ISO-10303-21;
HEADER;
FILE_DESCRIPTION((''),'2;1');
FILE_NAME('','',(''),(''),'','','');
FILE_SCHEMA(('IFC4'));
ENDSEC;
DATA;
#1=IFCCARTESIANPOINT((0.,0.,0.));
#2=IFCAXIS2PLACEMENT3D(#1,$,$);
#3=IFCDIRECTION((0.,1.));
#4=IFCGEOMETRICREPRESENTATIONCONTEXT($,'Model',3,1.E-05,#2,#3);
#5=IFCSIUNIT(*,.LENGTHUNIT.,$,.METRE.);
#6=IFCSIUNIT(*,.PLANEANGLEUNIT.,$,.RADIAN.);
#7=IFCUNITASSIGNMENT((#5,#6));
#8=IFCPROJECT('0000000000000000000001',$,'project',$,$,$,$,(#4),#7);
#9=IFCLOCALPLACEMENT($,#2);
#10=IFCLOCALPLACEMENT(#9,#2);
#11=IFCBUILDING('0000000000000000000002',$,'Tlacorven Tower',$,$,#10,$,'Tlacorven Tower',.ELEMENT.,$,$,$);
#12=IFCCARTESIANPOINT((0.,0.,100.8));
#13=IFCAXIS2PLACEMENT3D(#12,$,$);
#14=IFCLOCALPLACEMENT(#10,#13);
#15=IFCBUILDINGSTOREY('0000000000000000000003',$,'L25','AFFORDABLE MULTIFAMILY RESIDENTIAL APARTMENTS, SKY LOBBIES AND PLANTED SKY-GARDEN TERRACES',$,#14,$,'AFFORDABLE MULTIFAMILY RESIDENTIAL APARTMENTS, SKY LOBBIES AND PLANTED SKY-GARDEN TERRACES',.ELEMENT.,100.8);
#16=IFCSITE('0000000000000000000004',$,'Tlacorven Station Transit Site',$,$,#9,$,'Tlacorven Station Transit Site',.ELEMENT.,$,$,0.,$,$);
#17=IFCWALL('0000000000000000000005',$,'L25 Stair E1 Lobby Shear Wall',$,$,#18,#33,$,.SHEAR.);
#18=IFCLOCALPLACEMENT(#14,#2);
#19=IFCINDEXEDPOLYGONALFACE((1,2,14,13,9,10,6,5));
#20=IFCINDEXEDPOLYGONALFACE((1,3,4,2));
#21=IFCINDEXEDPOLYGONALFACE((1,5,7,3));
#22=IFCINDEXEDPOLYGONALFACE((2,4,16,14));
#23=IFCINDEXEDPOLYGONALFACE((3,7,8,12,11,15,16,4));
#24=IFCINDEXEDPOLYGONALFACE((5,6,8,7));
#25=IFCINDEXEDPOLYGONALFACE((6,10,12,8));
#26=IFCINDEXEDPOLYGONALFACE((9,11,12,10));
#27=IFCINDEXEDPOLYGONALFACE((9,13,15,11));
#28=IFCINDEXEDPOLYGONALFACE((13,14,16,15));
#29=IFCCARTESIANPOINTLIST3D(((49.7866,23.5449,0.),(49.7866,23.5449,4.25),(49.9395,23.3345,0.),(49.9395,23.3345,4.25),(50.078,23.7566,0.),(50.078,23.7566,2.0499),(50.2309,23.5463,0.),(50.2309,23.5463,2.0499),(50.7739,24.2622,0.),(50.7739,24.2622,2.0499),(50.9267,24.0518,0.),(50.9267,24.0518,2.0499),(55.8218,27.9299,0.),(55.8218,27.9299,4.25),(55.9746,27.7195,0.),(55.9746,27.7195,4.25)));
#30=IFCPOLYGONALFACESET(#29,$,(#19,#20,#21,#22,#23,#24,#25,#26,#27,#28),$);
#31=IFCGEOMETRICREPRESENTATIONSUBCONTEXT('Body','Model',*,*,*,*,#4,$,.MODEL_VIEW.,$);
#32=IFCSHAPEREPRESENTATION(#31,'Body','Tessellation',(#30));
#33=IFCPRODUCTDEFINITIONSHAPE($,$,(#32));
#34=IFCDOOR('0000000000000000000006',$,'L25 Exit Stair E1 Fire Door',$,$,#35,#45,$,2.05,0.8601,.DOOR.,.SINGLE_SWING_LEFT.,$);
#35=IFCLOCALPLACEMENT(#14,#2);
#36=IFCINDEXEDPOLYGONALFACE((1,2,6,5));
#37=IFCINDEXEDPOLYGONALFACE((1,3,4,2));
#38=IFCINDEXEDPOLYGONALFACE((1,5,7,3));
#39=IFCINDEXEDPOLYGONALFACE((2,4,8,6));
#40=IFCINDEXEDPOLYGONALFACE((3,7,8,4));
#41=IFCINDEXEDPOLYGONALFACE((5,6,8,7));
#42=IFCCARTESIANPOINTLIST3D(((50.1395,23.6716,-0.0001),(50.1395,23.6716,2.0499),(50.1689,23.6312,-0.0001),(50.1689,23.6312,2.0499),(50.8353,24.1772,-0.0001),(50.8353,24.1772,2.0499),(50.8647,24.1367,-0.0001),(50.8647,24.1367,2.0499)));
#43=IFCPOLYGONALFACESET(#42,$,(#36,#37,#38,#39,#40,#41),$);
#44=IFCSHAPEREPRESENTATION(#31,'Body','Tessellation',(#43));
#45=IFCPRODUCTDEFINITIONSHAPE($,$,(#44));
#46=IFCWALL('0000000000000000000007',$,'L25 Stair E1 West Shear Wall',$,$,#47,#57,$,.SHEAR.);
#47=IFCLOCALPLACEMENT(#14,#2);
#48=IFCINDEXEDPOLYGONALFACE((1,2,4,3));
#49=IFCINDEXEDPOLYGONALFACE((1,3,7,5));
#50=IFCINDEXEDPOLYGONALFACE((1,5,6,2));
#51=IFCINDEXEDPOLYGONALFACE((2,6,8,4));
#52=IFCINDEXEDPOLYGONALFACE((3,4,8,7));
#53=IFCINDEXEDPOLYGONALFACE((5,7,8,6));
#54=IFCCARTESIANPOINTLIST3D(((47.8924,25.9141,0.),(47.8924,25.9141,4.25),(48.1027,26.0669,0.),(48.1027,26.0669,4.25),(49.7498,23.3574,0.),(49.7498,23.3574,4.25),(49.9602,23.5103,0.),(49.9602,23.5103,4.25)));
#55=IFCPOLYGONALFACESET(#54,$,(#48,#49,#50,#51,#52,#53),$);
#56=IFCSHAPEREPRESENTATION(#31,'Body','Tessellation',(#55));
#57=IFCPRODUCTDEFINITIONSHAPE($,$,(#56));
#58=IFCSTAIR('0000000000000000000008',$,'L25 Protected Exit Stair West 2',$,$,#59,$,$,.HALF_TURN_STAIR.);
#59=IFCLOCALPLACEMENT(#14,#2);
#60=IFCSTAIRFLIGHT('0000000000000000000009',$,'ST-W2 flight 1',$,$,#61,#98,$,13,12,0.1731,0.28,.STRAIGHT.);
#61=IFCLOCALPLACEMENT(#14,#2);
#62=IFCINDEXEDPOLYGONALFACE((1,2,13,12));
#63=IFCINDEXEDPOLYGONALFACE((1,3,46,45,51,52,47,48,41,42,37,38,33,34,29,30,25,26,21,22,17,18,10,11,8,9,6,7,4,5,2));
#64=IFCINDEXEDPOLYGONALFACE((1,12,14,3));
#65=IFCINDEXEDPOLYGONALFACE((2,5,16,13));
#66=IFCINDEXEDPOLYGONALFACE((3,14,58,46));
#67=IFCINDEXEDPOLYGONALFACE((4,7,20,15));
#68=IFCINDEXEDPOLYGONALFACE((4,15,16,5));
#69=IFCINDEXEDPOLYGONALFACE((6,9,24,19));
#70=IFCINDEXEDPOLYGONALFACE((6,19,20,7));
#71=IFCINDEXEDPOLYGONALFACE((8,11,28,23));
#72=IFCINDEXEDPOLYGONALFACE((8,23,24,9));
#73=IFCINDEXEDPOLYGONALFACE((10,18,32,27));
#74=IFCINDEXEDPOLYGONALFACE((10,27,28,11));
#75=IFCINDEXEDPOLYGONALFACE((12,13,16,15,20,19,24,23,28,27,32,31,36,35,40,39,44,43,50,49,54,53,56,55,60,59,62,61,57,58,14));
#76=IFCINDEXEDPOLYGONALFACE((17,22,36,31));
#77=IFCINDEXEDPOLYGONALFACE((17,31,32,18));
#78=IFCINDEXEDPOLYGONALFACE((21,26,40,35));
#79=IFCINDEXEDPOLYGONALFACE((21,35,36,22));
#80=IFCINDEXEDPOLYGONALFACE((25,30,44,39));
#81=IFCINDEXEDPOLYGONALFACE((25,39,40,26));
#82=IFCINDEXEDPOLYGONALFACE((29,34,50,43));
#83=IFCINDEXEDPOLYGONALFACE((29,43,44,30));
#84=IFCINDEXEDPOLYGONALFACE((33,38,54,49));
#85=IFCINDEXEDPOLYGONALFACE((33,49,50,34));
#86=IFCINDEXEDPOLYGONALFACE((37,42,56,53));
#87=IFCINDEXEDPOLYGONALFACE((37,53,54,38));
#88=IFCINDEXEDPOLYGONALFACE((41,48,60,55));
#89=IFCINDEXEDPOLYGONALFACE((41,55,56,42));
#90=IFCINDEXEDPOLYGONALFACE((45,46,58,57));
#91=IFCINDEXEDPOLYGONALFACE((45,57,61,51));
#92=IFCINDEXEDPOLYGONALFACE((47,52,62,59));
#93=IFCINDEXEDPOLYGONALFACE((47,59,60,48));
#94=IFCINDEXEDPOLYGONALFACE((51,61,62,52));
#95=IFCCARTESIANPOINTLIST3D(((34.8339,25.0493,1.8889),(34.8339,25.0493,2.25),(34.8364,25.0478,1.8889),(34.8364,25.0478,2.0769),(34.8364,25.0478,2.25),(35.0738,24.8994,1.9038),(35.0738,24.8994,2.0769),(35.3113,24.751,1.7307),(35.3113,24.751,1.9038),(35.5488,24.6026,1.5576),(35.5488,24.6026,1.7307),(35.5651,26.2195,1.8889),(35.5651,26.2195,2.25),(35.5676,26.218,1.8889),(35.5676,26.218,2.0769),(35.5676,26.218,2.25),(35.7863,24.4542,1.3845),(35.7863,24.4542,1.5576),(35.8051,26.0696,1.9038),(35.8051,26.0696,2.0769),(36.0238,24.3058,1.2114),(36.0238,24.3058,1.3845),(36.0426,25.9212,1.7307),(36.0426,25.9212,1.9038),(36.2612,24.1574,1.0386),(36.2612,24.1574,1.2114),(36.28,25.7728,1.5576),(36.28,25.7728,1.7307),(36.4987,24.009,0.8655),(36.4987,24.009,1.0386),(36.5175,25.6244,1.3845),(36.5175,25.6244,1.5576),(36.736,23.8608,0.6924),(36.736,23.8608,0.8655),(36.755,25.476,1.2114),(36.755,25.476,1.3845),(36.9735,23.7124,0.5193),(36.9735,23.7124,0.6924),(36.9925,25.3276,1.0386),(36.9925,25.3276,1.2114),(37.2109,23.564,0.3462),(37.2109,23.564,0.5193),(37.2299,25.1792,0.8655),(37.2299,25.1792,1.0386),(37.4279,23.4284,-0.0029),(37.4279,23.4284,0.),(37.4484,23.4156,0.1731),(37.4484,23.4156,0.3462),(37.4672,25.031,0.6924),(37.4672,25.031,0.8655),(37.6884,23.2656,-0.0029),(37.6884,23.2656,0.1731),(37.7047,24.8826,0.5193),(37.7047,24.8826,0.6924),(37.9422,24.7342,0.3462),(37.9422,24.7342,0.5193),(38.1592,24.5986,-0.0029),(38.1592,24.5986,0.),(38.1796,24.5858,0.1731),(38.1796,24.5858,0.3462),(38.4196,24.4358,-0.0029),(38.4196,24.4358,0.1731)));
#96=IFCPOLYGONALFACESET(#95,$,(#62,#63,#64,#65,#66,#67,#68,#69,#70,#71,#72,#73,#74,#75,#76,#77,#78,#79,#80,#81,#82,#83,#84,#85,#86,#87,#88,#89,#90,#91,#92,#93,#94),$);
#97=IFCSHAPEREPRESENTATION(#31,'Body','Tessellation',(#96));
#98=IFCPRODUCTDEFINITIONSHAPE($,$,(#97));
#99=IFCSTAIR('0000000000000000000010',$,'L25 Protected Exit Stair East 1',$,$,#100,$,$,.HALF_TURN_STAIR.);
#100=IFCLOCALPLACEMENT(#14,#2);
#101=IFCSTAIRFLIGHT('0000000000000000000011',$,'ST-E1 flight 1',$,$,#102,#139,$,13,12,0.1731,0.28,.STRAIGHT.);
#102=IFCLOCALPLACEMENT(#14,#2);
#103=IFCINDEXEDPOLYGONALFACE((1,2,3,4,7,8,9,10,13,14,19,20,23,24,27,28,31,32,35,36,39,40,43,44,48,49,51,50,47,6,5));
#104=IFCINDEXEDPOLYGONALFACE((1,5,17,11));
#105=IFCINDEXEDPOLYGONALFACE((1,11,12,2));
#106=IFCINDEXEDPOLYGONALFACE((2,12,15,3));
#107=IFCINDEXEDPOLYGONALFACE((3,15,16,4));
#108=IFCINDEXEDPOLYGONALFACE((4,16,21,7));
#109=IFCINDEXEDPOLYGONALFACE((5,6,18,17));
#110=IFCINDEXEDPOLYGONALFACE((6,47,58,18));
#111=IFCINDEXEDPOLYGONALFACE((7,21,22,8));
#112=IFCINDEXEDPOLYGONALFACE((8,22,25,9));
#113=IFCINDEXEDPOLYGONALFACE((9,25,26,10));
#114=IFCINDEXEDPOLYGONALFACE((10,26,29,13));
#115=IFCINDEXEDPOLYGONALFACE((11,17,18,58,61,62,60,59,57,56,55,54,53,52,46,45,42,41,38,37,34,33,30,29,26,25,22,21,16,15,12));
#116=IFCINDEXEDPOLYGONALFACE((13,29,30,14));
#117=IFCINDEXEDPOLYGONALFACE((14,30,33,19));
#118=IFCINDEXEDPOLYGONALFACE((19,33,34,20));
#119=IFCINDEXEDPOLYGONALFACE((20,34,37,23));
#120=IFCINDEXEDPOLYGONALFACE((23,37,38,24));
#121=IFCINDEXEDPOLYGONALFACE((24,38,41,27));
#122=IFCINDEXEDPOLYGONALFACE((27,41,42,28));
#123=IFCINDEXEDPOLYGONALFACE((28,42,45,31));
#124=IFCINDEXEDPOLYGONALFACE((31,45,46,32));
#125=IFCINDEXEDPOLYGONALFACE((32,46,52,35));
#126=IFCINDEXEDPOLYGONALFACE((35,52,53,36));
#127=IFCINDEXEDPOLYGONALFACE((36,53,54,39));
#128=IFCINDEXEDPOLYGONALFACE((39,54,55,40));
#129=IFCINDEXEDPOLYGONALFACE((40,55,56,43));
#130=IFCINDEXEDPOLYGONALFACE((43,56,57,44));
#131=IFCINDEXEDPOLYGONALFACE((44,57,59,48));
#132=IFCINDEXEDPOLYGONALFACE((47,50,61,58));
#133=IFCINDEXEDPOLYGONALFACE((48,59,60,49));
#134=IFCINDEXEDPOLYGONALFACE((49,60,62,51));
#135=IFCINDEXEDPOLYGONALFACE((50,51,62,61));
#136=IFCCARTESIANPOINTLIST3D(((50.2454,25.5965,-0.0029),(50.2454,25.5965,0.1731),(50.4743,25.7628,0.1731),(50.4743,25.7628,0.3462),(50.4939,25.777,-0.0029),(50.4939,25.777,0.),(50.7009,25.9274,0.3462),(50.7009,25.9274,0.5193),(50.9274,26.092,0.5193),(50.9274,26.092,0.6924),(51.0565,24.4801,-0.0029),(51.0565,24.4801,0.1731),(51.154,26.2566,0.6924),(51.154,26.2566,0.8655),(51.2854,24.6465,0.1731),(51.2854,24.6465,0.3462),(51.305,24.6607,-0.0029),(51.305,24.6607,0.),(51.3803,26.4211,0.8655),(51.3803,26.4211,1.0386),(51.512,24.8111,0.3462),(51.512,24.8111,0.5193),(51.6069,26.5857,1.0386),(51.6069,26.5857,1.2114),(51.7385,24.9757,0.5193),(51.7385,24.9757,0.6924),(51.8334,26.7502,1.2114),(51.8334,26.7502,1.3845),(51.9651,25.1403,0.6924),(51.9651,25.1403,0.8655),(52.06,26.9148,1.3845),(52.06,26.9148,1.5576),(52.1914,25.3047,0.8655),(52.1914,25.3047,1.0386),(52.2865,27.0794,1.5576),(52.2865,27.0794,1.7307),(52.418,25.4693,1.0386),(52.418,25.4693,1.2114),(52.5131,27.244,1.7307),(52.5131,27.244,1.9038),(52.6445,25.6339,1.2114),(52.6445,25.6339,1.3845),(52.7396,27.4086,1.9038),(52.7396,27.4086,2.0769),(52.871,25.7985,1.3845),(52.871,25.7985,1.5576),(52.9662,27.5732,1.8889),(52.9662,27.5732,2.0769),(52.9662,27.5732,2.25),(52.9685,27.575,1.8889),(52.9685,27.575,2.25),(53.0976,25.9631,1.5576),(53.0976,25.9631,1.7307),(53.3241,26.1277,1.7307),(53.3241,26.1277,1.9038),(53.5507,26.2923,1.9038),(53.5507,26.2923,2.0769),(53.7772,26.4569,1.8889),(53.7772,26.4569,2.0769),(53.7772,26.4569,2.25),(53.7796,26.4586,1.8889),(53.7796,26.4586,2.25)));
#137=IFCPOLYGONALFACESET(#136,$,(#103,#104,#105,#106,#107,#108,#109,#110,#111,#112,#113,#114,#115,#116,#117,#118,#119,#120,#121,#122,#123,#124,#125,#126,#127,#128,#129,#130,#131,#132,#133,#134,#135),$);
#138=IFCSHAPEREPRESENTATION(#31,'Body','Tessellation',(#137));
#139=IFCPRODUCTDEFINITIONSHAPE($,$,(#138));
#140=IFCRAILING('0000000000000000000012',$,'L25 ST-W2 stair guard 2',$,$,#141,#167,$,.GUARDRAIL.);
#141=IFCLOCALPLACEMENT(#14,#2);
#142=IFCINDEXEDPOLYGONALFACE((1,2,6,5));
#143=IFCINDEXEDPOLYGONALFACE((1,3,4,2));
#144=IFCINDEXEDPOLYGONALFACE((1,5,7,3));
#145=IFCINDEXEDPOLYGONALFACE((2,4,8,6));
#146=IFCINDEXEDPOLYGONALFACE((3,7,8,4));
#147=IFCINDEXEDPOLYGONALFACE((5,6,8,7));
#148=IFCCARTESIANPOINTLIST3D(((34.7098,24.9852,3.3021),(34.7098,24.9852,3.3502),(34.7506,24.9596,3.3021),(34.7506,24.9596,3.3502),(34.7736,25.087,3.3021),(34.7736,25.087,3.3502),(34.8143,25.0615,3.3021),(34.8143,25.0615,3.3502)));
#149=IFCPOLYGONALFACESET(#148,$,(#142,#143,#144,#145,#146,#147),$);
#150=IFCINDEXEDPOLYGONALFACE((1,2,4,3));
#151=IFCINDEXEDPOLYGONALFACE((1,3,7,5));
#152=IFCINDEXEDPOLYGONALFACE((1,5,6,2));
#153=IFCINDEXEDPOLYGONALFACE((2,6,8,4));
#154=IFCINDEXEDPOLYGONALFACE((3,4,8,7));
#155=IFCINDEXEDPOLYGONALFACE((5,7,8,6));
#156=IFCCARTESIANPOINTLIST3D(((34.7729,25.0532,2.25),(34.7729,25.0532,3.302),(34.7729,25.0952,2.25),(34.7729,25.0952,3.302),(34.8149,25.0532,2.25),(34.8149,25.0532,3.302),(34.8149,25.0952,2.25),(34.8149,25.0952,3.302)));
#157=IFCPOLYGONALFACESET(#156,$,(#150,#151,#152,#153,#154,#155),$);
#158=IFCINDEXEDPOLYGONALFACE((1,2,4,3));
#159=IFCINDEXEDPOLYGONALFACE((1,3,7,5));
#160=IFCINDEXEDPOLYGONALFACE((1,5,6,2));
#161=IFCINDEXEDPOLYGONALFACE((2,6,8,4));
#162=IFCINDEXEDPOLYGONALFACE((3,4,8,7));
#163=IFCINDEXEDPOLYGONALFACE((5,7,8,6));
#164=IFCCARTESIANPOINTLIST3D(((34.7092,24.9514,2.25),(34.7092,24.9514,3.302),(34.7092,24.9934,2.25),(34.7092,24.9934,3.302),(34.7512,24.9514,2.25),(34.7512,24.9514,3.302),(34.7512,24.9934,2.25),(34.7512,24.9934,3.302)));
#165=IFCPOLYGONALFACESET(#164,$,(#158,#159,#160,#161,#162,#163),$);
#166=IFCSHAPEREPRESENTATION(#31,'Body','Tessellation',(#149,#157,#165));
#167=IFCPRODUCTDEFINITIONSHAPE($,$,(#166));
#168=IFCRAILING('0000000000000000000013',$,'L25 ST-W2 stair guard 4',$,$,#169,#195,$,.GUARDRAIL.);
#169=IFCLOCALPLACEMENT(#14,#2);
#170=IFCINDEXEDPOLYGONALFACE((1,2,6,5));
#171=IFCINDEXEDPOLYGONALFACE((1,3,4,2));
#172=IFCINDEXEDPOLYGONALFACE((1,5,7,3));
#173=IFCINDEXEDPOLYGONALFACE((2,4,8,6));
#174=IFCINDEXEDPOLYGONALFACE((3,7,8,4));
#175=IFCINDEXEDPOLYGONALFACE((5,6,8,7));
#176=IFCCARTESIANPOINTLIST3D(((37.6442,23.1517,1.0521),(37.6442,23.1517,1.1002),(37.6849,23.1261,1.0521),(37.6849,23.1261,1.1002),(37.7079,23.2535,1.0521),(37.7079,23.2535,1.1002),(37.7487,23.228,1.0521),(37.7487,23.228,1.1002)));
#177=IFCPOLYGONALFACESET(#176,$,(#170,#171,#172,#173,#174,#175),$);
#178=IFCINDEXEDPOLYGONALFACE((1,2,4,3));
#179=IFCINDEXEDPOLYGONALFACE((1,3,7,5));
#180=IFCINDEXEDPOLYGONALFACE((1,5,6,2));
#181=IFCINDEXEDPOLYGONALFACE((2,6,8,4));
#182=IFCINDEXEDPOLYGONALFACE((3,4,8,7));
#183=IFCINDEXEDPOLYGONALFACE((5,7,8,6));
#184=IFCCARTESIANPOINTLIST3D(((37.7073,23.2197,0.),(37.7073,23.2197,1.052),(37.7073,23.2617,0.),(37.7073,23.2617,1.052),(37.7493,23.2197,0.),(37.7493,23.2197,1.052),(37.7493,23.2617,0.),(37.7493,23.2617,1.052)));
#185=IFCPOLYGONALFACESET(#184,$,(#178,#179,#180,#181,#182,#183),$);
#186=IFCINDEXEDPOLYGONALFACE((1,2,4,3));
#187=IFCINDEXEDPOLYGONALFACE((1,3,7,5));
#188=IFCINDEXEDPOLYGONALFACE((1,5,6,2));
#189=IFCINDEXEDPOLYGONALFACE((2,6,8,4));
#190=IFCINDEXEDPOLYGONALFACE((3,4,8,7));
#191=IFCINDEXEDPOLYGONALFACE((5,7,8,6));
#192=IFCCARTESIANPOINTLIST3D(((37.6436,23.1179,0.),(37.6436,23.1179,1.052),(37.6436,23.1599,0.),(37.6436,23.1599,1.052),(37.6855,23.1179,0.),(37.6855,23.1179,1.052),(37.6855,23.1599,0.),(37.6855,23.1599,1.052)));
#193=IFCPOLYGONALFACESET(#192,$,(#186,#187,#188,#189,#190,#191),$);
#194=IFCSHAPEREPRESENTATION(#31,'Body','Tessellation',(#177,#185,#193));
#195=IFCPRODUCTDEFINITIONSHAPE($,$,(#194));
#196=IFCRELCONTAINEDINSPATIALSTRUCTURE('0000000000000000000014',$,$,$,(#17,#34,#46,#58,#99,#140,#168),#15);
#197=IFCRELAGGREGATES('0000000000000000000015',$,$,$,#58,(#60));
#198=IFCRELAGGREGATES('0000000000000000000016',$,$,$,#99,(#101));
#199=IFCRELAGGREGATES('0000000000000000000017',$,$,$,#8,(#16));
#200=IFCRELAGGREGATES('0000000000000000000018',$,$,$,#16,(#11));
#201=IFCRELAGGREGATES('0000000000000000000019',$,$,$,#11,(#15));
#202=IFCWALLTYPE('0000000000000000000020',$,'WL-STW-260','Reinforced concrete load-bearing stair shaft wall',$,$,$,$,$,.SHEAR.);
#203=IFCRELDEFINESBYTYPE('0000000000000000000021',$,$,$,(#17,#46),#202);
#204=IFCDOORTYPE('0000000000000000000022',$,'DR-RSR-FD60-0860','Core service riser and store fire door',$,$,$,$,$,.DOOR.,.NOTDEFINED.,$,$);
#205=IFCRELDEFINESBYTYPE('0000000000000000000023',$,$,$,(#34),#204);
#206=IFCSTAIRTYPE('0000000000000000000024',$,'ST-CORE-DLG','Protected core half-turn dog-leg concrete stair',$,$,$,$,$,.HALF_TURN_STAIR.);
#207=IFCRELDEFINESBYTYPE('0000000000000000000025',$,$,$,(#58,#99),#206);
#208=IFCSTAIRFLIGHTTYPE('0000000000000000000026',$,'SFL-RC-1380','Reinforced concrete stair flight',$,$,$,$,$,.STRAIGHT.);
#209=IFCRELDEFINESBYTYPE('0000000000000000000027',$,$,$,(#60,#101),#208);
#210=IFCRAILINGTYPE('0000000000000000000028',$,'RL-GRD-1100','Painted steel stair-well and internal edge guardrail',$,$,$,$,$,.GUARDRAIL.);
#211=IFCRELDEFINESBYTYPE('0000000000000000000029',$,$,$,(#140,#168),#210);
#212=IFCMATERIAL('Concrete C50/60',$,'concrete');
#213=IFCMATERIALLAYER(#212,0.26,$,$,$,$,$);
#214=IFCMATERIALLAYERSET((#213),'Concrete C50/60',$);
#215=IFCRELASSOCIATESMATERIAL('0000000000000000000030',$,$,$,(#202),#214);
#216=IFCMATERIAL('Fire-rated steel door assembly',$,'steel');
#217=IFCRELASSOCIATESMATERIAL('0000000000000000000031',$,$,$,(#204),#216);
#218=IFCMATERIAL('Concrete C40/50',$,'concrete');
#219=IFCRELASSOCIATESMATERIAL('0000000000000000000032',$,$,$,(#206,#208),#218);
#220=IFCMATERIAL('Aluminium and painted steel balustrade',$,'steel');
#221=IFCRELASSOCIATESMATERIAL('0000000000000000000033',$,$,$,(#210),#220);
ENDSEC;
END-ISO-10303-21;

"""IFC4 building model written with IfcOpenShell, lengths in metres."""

from ifc_helpers import new_model, si_unit, direction, frame, frame_2d, origin, origin_2d, place, context, subcontext, project, spatial, polyline, rectangle, outline, extrude, source, transform, mapped, material, layer, layer_set, type_object, element, fill, aggregate, save


model = new_model("IFC4")

# Units and contexts
model_context = context("Model", 3, precision=1e-05, world=origin(), true_north=direction((0.0, 1.0)))
body_context = subcontext(model_context, "Body", "Model", "MODEL_VIEW")
ifc_project = project(units=[si_unit("LENGTHUNIT", "METRE"), si_unit("PLANEANGLEUNIT", "RADIAN")], contexts=[model_context])

# Site, building, storey
site_placement = place(None, origin())
site = spatial("IfcSite", under=ifc_project, at=site_placement, Name="Tlacorven Station Transit Site", LongName="Tlacorven Station Transit Site", CompositionType="ELEMENT", RefElevation=0.0)
building_placement = place(site_placement, origin())
building = spatial("IfcBuilding", under=site, at=building_placement, Name="Tlacorven Tower", LongName="Tlacorven Tower", CompositionType="ELEMENT")
storey_placement = place(building_placement, frame((0.0, 0.0, 100.8)))
storey = spatial("IfcBuildingStorey", under=building, at=storey_placement, Name="L25", Description="AFFORDABLE MULTIFAMILY RESIDENTIAL APARTMENTS, SKY LOBBIES AND PLANTED SKY-GARDEN TERRACES", LongName="AFFORDABLE MULTIFAMILY RESIDENTIAL APARTMENTS, SKY LOBBIES AND PLANTED SKY-GARDEN TERRACES", CompositionType="ELEMENT", Elevation=100.8)

# Shared definitions
ifc_material_1 = material(Name="Concrete C40/50", Category="concrete")
ifc_material_2 = material(Name="Concrete C50/60", Category="concrete")
ifc_layer_1 = layer(ifc_material_2, 0.26)
ifc_layer_set_1 = layer_set([ifc_layer_1], Name="Concrete C50/60")
wall_type_1 = type_object("IfcWallType", Name="WL-STW-260", Description="Reinforced concrete load-bearing stair shaft wall", PredefinedType="SHEAR", material=ifc_layer_set_1)

# Wall, opening, door
wall_1_placement = place(storey_placement, frame((49.863, 23.4397, 0.0), z_axis=(0.0, 0.0, 1.0), x_axis=(0.809003, 0.587804, 0.0)))
wall_1 = element("IfcWall", 1, at=wall_1_placement, inside=storey, type_object=wall_type_1, Name="L25 Stair E1 Lobby Shear Wall", PredefinedType="SHEAR", context=body_context, shape_type="SweptSolid", body=[
    extrude(rectangle(XDim=7.46, YDim=0.26, at=frame_2d((3.73, 0.0))), origin(), (0.0, 0.0, 1.0), 4.25),
])
opening_placement = place(wall_1_placement, frame((0.3601, 0.0, 0.0)))
opening = element("IfcOpeningElement", 2, at=opening_placement, cuts=wall_1, PredefinedType="OPENING", context=body_context, shape_type="SweptSolid", body=[
    extrude(rectangle(XDim=0.8601, YDim=2.05, at=frame_2d((0.4302, 1.0249))), frame((0.0, 0.1401, 0.0), z_axis=(0.0, -1.0, 0.0), x_axis=(1.0, 0.0, 0.0)), (0.0, 0.0, 1.0), 0.28),
])
ifc_material_3 = material(Name="Fire-rated steel door assembly", Category="steel")
door_type = type_object("IfcDoorType", Name="DR-RSR-FD60-0860", Description="Core service riser and store fire door", OperationType="NOTDEFINED", PredefinedType="DOOR", material=ifc_material_3)
shared_shape_1 = source(origin(), body_context, "Body", "SweptSolid", [
    extrude(rectangle(XDim=0.8601, YDim=2.05, at=frame_2d((0.4302, 1.0249))), frame((0.0, 0.0249, 0.0), z_axis=(0.0, -1.0, 0.0), x_axis=(1.0, 0.0, 0.0)), (0.0, 0.0, 1.0), 0.05),
])
door_placement = place(opening_placement, frame((0.8601, 0.0, 0.0), z_axis=(0.0, 0.0, 1.0), x_axis=(-1.0, 0.0, 0.0)))
door = element("IfcDoor", 3, at=door_placement, inside=storey, type_object=door_type, Name="L25 Exit Stair E1 Fire Door", OperationType="SINGLE_SWING_LEFT", OverallHeight=2.05, OverallWidth=0.8601, PredefinedType="DOOR", context=body_context, shape_type="MappedRepresentation", body=[
    mapped(shared_shape_1, transform((0.0, 0.0, 0.0), scale=1.0)),
])
fill(opening, door)

# Wall
wall_2_placement = place(storey_placement, frame((49.855, 23.4338, 0.0), z_axis=(0.0, 0.0, 1.0), x_axis=(-0.587767, 0.80903, 0.0)))
element("IfcWall", 4, at=wall_2_placement, inside=storey, type_object=wall_type_1, Name="L25 Stair E1 West Shear Wall", PredefinedType="SHEAR", context=body_context, shape_type="SweptSolid", body=[
    extrude(rectangle(XDim=3.1602, YDim=0.26, at=frame_2d((1.5801, 0.0))), origin(), (0.0, 0.0, 1.0), 4.25),
])

# Stairs, stair flights
stair_type = type_object("IfcStairType", Name="ST-CORE-DLG", Description="Protected core half-turn dog-leg concrete stair", PredefinedType="HALF_TURN_STAIR", material=ifc_material_1)
stair_1_placement = place(storey_placement, origin())
stair_1 = element("IfcStair", 5, at=stair_1_placement, inside=storey, type_object=stair_type, Name="L25 Protected Exit Stair West 2", PredefinedType="HALF_TURN_STAIR")
stair_flight_type = type_object("IfcStairFlightType", Name="SFL-RC-1380", Description="Reinforced concrete stair flight", PredefinedType="STRAIGHT", material=ifc_material_1)
shared_shape_2 = source(origin(), body_context, "Body", "SweptSolid", [
    extrude(outline(polyline([(-0.0029, -0.0029), (-0.0029, 0.1731), (0.28, 0.1731), (0.28, 0.3462), (0.5601, 0.3462), (0.5601, 0.5193), (0.8401, 0.5193), (0.8401, 0.6924), (1.1201, 0.6924), (1.1201, 0.8655), (1.3999, 0.8655), (1.3999, 1.0386), (1.6799, 1.0386), (1.6799, 1.2114), (1.96, 1.2114), (1.96, 1.3845), (2.24, 1.3845), (2.24, 1.5576), (2.52, 1.5576), (2.52, 1.7307), (2.8, 1.7307), (2.8, 1.9038), (3.0801, 1.9038), (3.0801, 2.0769), (3.3601, 2.0769), (3.3601, 2.25), (3.363, 2.25), (3.363, 1.8889), (3.3601, 1.8889), (0.3042, 0.0), (0.3042, -0.0029), (-0.0029, -0.0029)])), frame((0.0, 0.6899, 0.0), z_axis=(0.0, -1.0, 0.0), x_axis=(1.0, 0.0, 0.0)), (0.0, 0.0, 1.0), 1.3799),
])
stair_flight_1_placement = place(storey_placement, frame((38.0515, 23.8523, 0.0), z_axis=(0.0, 0.0, 1.0), x_axis=(-0.848048, 0.529919, 0.0)))
stair_flight_1 = element("IfcStairFlight", 6, at=stair_flight_1_placement, type_object=stair_flight_type, Name="ST-W2 flight 1", NumberOfRisers=13, NumberOfTreads=12, PredefinedType="STRAIGHT", RiserHeight=0.1731, TreadLength=0.28, context=body_context, shape_type="MappedRepresentation", body=[
    mapped(shared_shape_2, transform((0.0, 0.0, 0.0), scale=1.0)),
])
aggregate(stair_1, [stair_flight_1])
stair_2_placement = place(storey_placement, origin())
stair_2 = element("IfcStair", 7, at=stair_2_placement, inside=storey, type_object=stair_type, Name="L25 Protected Exit Stair East 1", PredefinedType="HALF_TURN_STAIR")
stair_flight_2_placement = place(storey_placement, frame((50.6533, 25.04, 0.0), z_axis=(0.0, 0.0, 1.0), x_axis=(0.809017, 0.587785, 0.0)))
stair_flight_2 = element("IfcStairFlight", 8, at=stair_flight_2_placement, type_object=stair_flight_type, Name="ST-E1 flight 1", NumberOfRisers=13, NumberOfTreads=12, PredefinedType="STRAIGHT", RiserHeight=0.1731, TreadLength=0.28, context=body_context, shape_type="MappedRepresentation", body=[
    mapped(shared_shape_2, transform((0.0, 0.0, 0.0), scale=1.0)),
])
aggregate(stair_2, [stair_flight_2])

# Railings
ifc_material_4 = material(Name="Aluminium and painted steel balustrade", Category="steel")
railing_type_1 = type_object("IfcRailingType", Name="RL-GRD-1100", Description="Painted steel stair-well and internal edge guardrail", PredefinedType="GUARDRAIL", material=ifc_material_4)
shared_shape_3 = source(origin(), body_context, "Body", "SweptSolid", [
    extrude(rectangle(XDim=0.0481, YDim=0.0481, at=origin_2d()), frame((0.0, 0.0, 1.0762), z_axis=(-0.530547, -0.847656, 0.0), x_axis=(0.847656, -0.530547, 0.0)), (0.0, 0.0, 1.0), 0.1201),
    extrude(rectangle(XDim=0.042, YDim=0.042, at=origin_2d()), origin(), (0.0, 0.0, 1.0), 1.052),
    extrude(rectangle(XDim=0.042, YDim=0.042, at=origin_2d()), frame((-0.0637, -0.1018, 0.0)), (0.0, 0.0, 1.0), 1.052),
])
for number, where, name in (
    (9, (34.7939, 25.0742, 2.25), "L25 ST-W2 stair guard 2"),
    (10, (37.7283, 23.2407, 0.0), "L25 ST-W2 stair guard 4"),
):
    element("IfcRailing", number, at=place(storey_placement, frame(where)), inside=storey, type_object=railing_type_1, Name=name, PredefinedType="GUARDRAIL", context=body_context, shape_type="MappedRepresentation", body=[
        mapped(shared_shape_3, transform((0.0, 0.0, 0.0), scale=1.0)),
    ])

save(model, "model.ifc")
